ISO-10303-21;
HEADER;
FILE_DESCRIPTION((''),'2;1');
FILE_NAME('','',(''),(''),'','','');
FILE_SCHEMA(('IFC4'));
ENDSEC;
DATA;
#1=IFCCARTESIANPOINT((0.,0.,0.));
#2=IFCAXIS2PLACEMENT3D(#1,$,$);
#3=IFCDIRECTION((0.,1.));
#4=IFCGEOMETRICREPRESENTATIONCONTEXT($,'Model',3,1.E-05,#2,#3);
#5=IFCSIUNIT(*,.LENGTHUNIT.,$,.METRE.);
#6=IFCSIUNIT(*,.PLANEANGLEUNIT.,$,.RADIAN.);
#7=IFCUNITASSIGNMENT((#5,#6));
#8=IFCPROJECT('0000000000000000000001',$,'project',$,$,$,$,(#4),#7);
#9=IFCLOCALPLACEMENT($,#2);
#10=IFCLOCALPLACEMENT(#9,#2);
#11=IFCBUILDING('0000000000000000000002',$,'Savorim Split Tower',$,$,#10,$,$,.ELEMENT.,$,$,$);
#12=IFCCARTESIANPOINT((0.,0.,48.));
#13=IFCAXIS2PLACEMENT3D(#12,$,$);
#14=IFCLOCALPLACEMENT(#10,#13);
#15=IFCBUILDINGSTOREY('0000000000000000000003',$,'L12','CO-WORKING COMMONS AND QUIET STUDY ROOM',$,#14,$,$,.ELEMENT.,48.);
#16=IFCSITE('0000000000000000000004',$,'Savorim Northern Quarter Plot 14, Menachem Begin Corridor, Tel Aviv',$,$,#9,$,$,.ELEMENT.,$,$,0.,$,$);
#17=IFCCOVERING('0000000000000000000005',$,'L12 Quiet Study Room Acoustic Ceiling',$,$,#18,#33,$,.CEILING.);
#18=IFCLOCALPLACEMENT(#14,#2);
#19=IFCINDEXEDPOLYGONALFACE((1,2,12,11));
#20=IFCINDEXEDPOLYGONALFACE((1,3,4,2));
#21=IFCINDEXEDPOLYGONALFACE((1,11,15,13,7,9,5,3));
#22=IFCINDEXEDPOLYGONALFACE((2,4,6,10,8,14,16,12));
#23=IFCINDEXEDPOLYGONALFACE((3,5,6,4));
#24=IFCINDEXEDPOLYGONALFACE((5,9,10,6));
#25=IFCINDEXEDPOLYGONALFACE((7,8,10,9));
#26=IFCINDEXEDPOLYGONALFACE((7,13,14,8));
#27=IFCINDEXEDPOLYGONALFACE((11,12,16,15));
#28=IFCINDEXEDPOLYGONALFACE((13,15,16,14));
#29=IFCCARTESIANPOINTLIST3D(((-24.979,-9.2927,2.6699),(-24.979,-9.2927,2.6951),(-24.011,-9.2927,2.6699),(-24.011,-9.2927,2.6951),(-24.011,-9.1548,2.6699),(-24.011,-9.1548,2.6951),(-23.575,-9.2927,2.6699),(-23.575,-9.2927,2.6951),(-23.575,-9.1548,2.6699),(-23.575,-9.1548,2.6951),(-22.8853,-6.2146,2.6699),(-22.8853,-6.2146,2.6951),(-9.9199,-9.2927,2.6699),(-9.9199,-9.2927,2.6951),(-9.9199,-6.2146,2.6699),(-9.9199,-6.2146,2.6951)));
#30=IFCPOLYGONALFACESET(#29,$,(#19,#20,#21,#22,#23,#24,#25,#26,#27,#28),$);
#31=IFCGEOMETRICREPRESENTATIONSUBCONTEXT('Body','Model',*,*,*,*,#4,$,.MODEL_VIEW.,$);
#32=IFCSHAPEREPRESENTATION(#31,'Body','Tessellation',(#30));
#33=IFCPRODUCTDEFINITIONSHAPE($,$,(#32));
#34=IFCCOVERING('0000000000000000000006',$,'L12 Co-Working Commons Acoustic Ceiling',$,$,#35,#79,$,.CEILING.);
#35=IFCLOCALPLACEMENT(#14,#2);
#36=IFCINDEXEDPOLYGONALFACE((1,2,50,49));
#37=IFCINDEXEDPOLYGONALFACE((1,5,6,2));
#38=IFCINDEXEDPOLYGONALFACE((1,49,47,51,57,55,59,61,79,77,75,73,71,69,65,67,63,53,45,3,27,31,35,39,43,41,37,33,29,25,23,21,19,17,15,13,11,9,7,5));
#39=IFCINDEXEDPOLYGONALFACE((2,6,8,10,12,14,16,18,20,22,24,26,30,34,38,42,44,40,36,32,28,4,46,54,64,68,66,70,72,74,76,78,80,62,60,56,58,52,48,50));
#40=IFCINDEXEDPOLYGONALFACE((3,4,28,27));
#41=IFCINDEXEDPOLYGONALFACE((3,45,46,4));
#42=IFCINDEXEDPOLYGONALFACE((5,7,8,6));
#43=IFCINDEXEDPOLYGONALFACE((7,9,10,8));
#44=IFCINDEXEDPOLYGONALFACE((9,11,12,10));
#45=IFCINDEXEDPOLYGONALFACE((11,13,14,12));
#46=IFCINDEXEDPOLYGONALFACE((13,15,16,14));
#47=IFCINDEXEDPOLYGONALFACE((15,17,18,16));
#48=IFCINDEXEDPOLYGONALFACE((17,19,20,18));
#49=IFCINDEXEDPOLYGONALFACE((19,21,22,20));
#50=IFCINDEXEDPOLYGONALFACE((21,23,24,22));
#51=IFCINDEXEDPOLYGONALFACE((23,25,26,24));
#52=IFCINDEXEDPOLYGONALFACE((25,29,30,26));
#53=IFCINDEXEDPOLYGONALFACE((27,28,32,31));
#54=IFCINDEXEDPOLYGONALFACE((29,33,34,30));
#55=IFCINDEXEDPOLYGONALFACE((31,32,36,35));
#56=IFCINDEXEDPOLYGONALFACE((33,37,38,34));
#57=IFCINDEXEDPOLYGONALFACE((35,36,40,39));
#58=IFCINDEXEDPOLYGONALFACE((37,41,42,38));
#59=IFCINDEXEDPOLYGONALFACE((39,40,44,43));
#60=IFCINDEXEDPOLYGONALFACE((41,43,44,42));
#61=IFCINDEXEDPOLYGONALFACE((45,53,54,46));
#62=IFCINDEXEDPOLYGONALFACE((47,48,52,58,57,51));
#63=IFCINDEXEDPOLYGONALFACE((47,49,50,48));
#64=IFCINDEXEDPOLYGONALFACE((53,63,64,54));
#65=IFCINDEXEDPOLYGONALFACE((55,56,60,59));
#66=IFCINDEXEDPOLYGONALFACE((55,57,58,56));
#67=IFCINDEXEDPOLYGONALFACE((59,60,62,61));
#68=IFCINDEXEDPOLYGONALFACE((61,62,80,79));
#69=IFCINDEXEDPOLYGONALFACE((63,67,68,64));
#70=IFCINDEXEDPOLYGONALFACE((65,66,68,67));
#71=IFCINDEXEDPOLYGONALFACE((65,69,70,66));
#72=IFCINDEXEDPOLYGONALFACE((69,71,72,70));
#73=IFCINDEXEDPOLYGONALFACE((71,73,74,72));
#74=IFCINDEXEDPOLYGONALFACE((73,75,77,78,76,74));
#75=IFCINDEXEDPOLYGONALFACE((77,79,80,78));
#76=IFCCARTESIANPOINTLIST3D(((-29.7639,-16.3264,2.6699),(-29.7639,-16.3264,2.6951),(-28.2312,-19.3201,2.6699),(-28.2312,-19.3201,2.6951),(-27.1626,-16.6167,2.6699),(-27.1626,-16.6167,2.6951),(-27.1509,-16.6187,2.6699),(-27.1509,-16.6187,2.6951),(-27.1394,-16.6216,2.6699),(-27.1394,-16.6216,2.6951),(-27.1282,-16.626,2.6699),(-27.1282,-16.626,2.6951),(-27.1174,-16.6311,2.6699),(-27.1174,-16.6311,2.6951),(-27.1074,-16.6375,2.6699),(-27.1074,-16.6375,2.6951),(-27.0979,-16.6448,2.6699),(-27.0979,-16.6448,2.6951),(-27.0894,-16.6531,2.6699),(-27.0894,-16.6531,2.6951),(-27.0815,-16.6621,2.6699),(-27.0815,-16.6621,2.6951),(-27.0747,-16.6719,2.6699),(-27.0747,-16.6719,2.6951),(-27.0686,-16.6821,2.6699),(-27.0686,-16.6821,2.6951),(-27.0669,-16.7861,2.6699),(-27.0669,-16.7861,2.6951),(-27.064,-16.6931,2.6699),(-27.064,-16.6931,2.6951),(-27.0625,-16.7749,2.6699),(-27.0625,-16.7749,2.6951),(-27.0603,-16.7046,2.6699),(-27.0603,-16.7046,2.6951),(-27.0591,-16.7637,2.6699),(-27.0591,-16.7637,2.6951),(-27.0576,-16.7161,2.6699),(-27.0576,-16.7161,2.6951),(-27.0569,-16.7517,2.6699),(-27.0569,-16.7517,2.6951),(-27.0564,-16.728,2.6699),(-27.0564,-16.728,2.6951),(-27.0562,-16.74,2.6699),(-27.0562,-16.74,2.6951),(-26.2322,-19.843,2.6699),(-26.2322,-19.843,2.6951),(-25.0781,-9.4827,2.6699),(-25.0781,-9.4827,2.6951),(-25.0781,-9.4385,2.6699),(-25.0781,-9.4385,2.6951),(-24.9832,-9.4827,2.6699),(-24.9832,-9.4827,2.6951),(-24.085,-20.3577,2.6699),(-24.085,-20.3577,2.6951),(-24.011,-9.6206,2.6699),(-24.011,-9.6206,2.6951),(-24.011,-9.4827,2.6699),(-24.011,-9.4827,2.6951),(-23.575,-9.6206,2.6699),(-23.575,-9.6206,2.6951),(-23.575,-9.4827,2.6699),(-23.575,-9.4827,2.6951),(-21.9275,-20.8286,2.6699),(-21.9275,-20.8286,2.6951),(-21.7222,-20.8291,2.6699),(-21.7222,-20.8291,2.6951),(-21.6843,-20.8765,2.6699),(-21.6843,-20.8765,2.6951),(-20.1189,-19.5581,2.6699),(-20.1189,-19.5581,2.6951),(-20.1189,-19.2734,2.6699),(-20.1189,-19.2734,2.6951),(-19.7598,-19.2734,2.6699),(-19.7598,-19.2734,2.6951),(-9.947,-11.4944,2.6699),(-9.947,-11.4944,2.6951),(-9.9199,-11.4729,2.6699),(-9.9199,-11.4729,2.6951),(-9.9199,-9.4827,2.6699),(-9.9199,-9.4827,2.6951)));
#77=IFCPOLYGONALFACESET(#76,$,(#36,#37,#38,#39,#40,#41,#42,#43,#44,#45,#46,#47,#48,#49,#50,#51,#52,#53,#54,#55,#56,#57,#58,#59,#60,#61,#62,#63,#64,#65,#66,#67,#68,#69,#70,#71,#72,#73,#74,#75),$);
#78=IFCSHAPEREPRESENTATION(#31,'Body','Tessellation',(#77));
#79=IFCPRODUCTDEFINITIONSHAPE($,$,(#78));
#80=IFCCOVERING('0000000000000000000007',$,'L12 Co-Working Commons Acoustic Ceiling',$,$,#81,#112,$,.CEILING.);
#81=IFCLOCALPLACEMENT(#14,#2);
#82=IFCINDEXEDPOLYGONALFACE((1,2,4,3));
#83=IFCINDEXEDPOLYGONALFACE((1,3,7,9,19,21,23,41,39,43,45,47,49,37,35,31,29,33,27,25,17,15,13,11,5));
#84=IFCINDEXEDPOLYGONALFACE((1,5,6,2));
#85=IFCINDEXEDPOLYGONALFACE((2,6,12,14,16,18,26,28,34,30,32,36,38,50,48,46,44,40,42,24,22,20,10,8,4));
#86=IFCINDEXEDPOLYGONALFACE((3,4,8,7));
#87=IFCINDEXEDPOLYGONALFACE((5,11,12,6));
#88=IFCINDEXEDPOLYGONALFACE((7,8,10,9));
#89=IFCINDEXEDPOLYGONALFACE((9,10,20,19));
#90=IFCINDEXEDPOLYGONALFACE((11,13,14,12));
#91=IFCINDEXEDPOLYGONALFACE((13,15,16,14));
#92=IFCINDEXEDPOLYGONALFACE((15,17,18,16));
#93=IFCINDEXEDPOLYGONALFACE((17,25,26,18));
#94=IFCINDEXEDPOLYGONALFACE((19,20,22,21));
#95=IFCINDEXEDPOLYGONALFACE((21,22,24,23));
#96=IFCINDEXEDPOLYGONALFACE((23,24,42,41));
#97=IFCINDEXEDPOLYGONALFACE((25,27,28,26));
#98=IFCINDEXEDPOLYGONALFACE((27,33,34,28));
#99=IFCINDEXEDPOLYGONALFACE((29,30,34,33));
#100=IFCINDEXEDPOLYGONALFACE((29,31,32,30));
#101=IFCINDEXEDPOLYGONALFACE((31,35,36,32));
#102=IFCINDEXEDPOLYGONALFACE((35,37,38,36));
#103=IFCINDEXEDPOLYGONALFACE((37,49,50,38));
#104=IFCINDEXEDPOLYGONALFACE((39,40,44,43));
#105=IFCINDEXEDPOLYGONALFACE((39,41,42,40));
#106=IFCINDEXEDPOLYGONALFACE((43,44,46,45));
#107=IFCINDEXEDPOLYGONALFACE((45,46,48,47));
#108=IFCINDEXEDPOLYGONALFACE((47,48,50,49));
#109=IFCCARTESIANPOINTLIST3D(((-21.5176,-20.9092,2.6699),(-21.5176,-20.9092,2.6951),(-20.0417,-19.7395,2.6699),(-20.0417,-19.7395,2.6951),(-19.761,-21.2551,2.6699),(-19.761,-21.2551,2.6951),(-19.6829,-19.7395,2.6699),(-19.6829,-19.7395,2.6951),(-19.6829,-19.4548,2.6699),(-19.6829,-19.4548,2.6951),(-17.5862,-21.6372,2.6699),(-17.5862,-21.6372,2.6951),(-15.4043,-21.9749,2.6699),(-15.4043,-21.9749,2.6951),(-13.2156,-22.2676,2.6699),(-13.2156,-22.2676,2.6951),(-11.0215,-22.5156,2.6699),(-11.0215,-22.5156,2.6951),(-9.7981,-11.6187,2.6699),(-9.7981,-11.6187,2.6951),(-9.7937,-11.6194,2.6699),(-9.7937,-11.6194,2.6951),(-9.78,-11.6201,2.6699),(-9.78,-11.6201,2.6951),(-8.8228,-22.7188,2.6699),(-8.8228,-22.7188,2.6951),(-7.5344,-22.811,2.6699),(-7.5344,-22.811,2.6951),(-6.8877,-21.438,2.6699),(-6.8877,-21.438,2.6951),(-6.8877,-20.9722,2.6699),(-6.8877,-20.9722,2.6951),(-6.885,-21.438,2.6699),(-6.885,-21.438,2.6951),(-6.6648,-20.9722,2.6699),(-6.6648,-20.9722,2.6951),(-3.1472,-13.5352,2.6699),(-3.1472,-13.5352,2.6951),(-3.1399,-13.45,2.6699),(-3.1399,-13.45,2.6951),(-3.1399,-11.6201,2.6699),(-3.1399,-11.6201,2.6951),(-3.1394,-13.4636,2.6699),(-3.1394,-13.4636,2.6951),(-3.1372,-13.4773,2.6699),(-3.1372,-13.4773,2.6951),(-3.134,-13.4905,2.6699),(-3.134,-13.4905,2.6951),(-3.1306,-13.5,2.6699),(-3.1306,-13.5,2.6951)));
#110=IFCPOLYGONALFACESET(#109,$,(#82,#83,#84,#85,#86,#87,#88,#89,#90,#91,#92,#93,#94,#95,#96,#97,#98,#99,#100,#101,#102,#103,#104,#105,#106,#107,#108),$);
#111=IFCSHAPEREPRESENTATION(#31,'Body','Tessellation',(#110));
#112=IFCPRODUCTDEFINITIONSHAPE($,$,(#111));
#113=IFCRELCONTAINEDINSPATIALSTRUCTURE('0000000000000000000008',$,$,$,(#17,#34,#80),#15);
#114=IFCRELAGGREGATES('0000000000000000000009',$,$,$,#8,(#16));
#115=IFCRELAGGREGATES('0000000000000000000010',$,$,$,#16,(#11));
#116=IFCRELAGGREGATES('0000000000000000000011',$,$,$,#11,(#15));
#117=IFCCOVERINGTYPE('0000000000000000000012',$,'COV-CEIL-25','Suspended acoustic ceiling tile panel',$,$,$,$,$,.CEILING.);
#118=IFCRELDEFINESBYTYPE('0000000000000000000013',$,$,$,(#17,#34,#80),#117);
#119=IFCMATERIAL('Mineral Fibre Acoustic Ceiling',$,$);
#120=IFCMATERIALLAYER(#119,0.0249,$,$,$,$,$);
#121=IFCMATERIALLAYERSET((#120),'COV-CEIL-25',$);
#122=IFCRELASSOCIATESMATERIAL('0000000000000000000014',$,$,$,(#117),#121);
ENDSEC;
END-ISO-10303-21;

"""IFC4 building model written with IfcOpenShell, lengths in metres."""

from ifc_helpers import new_model, si_unit, direction, frame, origin, place, context, subcontext, project, spatial, polyline, outline, extrude, material, layer, layer_set, type_object, element, save


model = new_model("IFC4")

# Units and contexts
model_context = context("Model", 3, precision=1e-05, world=origin(), true_north=direction((0.0, 1.0)))
body_context = subcontext(model_context, "Body", "Model", "MODEL_VIEW")
ifc_project = project(units=[si_unit("LENGTHUNIT", "METRE"), si_unit("PLANEANGLEUNIT", "RADIAN")], contexts=[model_context])

# Site, building, storey
site_placement = place(None, origin())
site = spatial("IfcSite", under=ifc_project, at=site_placement, Name="Savorim Northern Quarter Plot 14, Menachem Begin Corridor, Tel Aviv", CompositionType="ELEMENT", RefElevation=0.0)
building_placement = place(site_placement, origin())
building = spatial("IfcBuilding", under=site, at=building_placement, Name="Savorim Split Tower", CompositionType="ELEMENT")
storey_placement = place(building_placement, frame((0.0, 0.0, 48.0)))
storey = spatial("IfcBuildingStorey", under=building, at=storey_placement, Name="L12", Description="CO-WORKING COMMONS AND QUIET STUDY ROOM", CompositionType="ELEMENT", Elevation=48.0)

# Coverings
ifc_material_1 = material(Name="Mineral Fibre Acoustic Ceiling")
ifc_layer_1 = layer(ifc_material_1, 0.0249)
ifc_layer_set_1 = layer_set([ifc_layer_1], Name="COV-CEIL-25")
covering_type_1 = type_object("IfcCoveringType", Name="COV-CEIL-25", Description="Suspended acoustic ceiling tile panel", PredefinedType="CEILING", material=ifc_layer_set_1)
covering_1_placement = place(storey_placement, frame((0.0, 0.0, 2.6699)))
element("IfcCovering", 1, at=covering_1_placement, inside=storey, type_object=covering_type_1, Name="L12 Quiet Study Room Acoustic Ceiling", PredefinedType="CEILING", context=body_context, shape_type="SweptSolid", body=[
    extrude(outline(polyline([(-23.575, -9.1548), (-23.575, -9.2927), (-9.9199, -9.2927), (-9.9199, -6.2146), (-22.8853, -6.2146), (-24.979, -9.2927), (-24.011, -9.2927), (-24.011, -9.1548), (-23.575, -9.1548)])), origin(), (0.0, 0.0, 1.0), 0.0251),
])
covering_2_placement = place(storey_placement, frame((0.0, 0.0, 2.6699)))
element("IfcCovering", 2, at=covering_2_placement, inside=storey, type_object=covering_type_1, Name="L12 Co-Working Commons Acoustic Ceiling", PredefinedType="CEILING", context=body_context, shape_type="SweptSolid", body=[
    extrude(outline(polyline([(-27.0564, -16.728), (-27.0562, -16.74), (-27.0569, -16.7517), (-27.0591, -16.7637), (-27.0625, -16.7749), (-27.0669, -16.7861), (-28.2312, -19.3201), (-26.2322, -19.843), (-24.085, -20.3577), (-21.9275, -20.8286), (-21.6843, -20.8765), (-21.7222, -20.8291), (-20.1189, -19.5581), (-20.1189, -19.2734), (-19.7598, -19.2734), (-9.947, -11.4944), (-9.9199, -11.4729), (-9.9199, -9.4827), (-23.575, -9.4827), (-23.575, -9.6206), (-24.011, -9.6206), (-24.011, -9.4827), (-24.9832, -9.4827), (-25.0781, -9.4827), (-25.0781, -9.4385), (-29.7639, -16.3264), (-27.1626, -16.6167), (-27.1509, -16.6187), (-27.1394, -16.6216), (-27.1282, -16.626), (-27.1174, -16.6311), (-27.1074, -16.6375), (-27.0979, -16.6448), (-27.0894, -16.6531), (-27.0815, -16.6621), (-27.0747, -16.6719), (-27.0686, -16.6821), (-27.064, -16.6931), (-27.0603, -16.7046), (-27.0576, -16.7161), (-27.0564, -16.728)])), origin(), (0.0, 0.0, 1.0), 0.0251),
])
covering_3_placement = place(storey_placement, frame((0.0, 0.0, 2.6699)))
element("IfcCovering", 3, at=covering_3_placement, inside=storey, type_object=covering_type_1, Name="L12 Co-Working Commons Acoustic Ceiling", PredefinedType="CEILING", context=body_context, shape_type="SweptSolid", body=[
    extrude(outline(polyline([(-15.4043, -21.9749), (-13.2156, -22.2676), (-11.0215, -22.5156), (-8.8228, -22.7188), (-7.5344, -22.811), (-6.885, -21.438), (-6.8877, -21.438), (-6.8877, -20.9722), (-6.6648, -20.9722), (-3.1472, -13.5352), (-3.1306, -13.5), (-3.134, -13.4905), (-3.1372, -13.4773), (-3.1394, -13.4636), (-3.1399, -13.45), (-3.1399, -11.6201), (-9.78, -11.6201), (-9.7937, -11.6194), (-9.7981, -11.6187), (-19.6829, -19.4548), (-19.6829, -19.7395), (-20.0417, -19.7395), (-21.5176, -20.9092), (-19.761, -21.2551), (-17.5862, -21.6372), (-15.4043, -21.9749)])), origin(), (0.0, 0.0, 1.0), 0.0251),
])

save(model, "model.ifc")
